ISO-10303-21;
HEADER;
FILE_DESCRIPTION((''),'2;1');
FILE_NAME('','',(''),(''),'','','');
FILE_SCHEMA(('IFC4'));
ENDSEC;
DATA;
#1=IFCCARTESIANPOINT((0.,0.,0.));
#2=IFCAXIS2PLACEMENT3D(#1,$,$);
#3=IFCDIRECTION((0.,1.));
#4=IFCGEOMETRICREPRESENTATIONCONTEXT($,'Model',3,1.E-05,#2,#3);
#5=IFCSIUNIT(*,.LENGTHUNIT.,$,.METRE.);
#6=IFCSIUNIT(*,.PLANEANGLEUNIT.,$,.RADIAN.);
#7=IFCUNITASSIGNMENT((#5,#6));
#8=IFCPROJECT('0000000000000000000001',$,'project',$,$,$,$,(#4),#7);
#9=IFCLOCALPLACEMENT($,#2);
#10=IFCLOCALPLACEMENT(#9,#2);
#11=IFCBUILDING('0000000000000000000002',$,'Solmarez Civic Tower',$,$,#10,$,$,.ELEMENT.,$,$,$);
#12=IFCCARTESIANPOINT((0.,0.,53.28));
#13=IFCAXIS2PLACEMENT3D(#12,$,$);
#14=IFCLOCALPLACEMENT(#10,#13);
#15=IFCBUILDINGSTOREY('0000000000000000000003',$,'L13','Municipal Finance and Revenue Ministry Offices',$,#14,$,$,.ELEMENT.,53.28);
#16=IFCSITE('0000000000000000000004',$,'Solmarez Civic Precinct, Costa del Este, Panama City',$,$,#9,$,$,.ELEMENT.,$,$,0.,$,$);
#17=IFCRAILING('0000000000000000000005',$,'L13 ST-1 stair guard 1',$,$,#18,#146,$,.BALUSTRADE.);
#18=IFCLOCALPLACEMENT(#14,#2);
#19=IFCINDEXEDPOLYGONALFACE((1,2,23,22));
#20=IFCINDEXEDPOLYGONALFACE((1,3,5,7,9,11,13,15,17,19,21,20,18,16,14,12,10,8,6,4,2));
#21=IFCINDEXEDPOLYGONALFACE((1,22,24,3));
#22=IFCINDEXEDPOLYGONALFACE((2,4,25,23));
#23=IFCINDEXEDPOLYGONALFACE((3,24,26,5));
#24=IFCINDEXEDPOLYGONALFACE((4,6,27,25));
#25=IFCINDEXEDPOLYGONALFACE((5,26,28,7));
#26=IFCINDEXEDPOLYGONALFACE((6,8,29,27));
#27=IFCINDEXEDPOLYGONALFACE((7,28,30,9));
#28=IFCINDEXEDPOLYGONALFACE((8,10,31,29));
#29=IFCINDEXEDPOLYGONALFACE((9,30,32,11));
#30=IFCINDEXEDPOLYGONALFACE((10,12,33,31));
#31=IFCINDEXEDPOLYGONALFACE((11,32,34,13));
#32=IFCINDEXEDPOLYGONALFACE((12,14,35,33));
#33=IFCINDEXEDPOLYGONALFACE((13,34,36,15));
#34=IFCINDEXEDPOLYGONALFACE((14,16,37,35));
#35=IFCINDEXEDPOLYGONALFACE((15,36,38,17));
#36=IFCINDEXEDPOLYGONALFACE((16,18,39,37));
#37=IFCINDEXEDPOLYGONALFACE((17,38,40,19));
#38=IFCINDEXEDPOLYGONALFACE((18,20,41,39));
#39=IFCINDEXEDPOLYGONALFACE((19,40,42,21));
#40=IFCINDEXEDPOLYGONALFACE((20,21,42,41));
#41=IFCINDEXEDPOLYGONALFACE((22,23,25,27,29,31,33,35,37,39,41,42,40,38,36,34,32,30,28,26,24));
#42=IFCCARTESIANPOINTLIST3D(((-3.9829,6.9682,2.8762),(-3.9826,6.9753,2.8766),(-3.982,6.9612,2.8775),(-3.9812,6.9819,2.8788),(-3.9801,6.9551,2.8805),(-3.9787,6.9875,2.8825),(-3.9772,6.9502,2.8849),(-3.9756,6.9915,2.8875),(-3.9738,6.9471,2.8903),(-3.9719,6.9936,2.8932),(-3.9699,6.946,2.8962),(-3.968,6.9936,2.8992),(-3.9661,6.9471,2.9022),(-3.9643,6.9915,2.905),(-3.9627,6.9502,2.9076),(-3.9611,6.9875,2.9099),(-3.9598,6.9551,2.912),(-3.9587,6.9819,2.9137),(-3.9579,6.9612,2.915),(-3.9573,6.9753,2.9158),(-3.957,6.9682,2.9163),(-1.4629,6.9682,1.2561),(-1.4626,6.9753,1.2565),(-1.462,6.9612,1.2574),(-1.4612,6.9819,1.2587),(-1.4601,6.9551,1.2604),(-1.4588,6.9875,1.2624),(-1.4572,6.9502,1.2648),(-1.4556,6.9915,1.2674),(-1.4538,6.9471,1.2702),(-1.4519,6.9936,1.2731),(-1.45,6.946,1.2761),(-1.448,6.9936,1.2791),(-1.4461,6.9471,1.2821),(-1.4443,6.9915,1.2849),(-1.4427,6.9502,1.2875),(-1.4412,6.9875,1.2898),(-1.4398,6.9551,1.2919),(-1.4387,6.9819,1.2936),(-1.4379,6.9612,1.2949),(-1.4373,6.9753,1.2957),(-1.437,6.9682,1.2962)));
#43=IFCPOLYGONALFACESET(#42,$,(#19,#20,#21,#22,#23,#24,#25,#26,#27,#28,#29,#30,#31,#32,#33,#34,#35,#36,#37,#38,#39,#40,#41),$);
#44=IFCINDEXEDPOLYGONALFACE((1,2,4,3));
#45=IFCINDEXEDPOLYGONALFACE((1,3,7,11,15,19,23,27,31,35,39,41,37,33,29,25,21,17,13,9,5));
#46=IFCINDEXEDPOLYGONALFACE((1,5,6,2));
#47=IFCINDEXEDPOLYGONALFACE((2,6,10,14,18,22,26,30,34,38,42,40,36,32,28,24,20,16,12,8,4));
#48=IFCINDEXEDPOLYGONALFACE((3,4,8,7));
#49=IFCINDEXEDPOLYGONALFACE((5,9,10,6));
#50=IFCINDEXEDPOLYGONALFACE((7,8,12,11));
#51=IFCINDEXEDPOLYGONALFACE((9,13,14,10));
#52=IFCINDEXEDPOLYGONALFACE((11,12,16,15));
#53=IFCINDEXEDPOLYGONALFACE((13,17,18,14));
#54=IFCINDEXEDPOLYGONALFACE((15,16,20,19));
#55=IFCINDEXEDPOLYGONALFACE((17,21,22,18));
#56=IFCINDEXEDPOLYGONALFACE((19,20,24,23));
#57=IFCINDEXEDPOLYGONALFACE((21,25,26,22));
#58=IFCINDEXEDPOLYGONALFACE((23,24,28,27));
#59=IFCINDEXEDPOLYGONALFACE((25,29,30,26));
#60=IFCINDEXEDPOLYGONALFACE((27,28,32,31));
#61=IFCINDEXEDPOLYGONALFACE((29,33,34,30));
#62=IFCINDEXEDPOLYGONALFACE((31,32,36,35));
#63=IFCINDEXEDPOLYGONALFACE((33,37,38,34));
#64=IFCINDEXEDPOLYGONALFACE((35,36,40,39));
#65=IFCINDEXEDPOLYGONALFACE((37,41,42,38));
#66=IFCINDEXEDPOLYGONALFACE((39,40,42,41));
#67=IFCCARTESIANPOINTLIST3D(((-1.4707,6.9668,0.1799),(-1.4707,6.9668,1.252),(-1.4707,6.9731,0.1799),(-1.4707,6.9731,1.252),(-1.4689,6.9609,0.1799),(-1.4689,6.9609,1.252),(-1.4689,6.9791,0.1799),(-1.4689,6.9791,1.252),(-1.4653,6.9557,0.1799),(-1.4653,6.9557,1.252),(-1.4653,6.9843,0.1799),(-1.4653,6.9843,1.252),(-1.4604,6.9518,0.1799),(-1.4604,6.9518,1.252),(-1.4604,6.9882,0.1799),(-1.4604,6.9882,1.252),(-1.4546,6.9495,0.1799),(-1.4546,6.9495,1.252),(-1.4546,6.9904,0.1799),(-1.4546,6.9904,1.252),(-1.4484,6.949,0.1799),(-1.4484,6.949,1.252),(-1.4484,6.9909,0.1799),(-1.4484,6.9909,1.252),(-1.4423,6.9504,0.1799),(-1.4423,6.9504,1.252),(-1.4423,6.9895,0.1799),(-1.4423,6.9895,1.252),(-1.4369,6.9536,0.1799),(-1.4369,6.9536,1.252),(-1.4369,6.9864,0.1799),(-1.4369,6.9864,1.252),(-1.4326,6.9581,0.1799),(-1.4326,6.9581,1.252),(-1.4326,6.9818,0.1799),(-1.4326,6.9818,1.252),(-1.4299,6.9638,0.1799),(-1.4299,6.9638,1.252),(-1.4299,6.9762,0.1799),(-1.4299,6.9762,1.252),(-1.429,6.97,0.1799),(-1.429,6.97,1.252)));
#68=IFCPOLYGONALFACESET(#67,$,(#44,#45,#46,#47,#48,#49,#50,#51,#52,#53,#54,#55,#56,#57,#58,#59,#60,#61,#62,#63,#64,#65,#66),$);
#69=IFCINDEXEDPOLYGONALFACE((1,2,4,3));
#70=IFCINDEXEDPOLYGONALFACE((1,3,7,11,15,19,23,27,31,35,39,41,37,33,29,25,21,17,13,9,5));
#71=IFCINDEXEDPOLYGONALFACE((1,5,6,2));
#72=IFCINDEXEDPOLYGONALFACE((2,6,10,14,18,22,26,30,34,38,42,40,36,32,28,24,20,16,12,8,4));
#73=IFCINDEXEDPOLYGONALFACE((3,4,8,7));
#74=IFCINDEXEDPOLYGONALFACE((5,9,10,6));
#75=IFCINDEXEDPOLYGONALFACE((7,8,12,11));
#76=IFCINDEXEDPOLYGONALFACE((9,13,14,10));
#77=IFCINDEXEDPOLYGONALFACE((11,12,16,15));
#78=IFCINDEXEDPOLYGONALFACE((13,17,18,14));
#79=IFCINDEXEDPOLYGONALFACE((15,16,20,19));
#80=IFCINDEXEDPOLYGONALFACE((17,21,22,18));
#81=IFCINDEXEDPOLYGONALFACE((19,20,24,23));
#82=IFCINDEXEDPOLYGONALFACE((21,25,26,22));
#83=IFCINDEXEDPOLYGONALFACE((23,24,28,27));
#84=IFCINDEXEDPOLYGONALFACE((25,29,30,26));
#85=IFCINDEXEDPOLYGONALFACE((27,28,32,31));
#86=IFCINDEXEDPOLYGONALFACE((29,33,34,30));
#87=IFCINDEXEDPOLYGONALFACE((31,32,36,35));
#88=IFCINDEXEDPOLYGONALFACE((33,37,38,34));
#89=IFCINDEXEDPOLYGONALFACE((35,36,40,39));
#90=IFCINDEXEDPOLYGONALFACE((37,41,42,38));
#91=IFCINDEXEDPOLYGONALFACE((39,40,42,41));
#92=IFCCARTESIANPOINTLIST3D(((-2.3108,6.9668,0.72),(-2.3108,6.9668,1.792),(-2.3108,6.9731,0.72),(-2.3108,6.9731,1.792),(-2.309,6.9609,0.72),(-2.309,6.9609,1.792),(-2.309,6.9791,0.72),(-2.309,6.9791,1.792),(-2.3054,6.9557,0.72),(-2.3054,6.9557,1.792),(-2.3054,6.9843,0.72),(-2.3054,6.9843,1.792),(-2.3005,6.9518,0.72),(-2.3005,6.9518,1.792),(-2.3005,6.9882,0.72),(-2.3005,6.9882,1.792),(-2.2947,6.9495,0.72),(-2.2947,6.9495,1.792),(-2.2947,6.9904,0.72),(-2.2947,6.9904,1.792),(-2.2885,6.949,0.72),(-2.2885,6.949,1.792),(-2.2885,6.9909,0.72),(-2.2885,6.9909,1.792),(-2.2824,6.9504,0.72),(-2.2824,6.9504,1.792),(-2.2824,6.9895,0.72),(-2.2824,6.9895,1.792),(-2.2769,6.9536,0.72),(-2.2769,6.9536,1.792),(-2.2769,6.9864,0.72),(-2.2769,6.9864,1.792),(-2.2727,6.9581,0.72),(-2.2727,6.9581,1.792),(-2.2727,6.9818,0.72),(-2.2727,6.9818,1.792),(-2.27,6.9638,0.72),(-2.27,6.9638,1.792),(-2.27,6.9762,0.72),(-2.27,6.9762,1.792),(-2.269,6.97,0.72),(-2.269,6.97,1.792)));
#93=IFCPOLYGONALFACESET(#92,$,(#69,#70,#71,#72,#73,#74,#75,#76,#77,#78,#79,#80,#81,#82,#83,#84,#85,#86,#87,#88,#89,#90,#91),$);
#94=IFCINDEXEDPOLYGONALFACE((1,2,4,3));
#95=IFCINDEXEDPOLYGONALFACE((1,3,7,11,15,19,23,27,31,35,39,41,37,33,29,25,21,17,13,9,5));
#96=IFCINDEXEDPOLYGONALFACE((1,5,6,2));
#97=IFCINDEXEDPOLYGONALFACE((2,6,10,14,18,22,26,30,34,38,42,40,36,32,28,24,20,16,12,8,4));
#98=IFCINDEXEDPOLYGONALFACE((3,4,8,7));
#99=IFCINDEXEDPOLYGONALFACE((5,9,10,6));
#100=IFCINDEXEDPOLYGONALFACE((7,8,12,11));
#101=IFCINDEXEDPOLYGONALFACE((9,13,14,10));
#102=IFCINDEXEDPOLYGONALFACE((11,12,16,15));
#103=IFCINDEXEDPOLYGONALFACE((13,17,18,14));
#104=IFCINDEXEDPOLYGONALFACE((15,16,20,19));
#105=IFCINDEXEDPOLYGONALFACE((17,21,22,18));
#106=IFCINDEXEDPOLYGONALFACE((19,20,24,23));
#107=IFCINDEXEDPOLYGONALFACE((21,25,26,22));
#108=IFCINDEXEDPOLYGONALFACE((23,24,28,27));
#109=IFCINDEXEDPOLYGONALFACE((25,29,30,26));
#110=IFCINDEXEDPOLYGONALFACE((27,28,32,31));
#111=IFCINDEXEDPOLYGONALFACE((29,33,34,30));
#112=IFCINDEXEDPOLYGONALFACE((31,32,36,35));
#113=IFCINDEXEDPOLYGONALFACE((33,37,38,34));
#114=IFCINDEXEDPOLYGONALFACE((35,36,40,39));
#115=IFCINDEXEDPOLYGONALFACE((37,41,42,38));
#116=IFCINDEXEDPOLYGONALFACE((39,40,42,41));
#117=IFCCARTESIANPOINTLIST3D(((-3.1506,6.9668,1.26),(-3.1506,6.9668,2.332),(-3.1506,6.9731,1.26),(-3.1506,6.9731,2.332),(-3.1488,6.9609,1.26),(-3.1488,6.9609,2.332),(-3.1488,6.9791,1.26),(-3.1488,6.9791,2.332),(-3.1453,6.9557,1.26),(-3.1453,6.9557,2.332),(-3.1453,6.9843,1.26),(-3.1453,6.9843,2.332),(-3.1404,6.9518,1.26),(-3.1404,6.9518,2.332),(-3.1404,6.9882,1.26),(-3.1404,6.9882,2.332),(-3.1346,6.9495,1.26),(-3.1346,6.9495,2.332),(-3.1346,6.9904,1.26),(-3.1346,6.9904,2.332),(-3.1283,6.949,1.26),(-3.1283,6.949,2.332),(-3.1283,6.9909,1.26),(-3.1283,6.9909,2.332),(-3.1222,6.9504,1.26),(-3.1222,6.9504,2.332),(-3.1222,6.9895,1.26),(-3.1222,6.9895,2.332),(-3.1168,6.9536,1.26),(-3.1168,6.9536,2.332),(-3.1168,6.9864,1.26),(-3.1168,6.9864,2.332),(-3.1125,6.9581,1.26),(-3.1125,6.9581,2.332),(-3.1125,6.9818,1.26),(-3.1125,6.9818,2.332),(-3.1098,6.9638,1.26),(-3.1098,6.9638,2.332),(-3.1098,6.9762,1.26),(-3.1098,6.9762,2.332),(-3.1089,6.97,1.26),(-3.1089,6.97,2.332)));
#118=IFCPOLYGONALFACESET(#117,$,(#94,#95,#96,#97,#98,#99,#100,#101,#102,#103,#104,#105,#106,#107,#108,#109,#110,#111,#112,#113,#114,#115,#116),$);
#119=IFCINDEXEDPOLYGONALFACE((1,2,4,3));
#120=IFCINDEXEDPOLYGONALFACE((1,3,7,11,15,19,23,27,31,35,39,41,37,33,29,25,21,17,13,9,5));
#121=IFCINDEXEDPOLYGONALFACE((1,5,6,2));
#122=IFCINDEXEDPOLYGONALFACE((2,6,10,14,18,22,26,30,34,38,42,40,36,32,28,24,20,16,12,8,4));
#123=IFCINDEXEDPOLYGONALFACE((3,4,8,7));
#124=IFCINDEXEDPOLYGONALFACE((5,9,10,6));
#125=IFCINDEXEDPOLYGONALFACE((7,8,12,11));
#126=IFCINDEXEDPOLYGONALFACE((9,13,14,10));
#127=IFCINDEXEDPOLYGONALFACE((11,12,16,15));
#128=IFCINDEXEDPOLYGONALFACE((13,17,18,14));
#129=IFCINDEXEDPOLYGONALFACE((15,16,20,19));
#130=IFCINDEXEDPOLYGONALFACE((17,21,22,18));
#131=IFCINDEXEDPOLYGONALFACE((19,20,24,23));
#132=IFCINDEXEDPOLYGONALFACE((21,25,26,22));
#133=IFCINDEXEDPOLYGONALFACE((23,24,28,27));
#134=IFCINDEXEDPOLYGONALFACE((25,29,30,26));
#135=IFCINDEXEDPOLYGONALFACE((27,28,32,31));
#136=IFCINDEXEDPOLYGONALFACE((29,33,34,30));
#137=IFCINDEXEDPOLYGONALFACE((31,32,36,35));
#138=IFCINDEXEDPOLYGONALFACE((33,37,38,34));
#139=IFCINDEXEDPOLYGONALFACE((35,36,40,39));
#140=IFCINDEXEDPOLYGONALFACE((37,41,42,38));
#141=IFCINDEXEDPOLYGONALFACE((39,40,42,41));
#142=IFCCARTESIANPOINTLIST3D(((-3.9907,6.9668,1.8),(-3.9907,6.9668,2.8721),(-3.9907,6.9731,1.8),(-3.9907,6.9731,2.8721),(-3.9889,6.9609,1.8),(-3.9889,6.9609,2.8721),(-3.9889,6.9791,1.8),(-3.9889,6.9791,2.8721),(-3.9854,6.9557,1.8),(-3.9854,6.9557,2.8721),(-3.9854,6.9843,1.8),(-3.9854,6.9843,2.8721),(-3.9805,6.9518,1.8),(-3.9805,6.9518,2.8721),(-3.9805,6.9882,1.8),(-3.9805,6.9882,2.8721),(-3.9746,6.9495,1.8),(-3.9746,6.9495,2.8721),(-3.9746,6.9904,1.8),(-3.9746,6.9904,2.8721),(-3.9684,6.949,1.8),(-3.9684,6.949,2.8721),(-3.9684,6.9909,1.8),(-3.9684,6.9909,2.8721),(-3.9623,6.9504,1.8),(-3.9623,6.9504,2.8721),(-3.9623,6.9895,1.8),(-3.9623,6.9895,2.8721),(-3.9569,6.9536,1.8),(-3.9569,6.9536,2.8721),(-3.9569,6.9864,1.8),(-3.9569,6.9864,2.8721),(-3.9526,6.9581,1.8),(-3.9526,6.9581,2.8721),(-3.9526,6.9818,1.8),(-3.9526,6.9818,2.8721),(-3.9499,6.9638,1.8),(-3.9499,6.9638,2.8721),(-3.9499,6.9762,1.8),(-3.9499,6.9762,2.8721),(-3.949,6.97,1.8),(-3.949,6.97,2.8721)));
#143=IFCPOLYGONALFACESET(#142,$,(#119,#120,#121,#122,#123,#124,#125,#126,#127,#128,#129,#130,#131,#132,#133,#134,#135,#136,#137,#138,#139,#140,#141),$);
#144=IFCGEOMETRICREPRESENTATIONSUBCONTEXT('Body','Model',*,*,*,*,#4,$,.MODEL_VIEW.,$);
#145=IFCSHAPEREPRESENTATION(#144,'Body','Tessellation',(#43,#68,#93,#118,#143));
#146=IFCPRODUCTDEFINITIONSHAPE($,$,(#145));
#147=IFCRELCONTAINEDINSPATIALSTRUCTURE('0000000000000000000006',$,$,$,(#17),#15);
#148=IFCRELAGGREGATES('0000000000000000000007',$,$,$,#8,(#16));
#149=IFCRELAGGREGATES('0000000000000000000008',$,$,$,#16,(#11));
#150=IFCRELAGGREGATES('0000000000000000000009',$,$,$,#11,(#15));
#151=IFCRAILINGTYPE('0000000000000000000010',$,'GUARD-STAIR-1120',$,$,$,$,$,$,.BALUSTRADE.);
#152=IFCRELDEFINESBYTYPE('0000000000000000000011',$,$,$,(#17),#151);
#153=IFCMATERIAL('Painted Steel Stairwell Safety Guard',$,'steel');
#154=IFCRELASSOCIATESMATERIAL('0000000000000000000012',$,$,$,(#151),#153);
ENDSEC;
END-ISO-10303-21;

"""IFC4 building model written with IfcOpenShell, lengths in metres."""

from ifc_helpers import new_model, si_unit, direction, frame, origin, origin_2d, place, context, subcontext, project, spatial, circle, extrude, material, type_object, element, save


model = new_model("IFC4")

# Units and contexts
model_context = context("Model", 3, precision=1e-05, world=origin(), true_north=direction((0.0, 1.0)))
body_context = subcontext(model_context, "Body", "Model", "MODEL_VIEW")
ifc_project = project(units=[si_unit("LENGTHUNIT", "METRE"), si_unit("PLANEANGLEUNIT", "RADIAN")], contexts=[model_context])

# Site, building, storey
site_placement = place(None, origin())
site = spatial("IfcSite", under=ifc_project, at=site_placement, Name="Solmarez Civic Precinct, Costa del Este, Panama City", CompositionType="ELEMENT", RefElevation=0.0)
building_placement = place(site_placement, origin())
building = spatial("IfcBuilding", under=site, at=building_placement, Name="Solmarez Civic Tower", CompositionType="ELEMENT")
storey_placement = place(building_placement, frame((0.0, 0.0, 53.28)))
storey = spatial("IfcBuildingStorey", under=building, at=storey_placement, Name="L13", Description="Municipal Finance and Revenue Ministry Offices", CompositionType="ELEMENT", Elevation=53.28)

# Railing
ifc_material_1 = material(Name="Painted Steel Stairwell Safety Guard", Category="steel")
railing_type_1 = type_object("IfcRailingType", Name="GUARD-STAIR-1120", PredefinedType="BALUSTRADE", material=ifc_material_1)
railing_1_placement = place(storey_placement, frame((-1.45, 6.97, 0.1799)))
element("IfcRailing", 1, at=railing_1_placement, inside=storey, type_object=railing_type_1, Name="L13 ST-1 stair guard 1", PredefinedType="BALUSTRADE", context=body_context, shape_type="SweptSolid", body=[
    extrude(circle(Radius=0.0239, at=origin_2d()), frame((0.0, 0.0, 1.0962), z_axis=(-0.841163, 0.0, 0.540782), x_axis=(0.0, -1.0, 0.0)), (0.0, 0.0, 1.0), 2.9958),
    extrude(circle(Radius=0.021, at=origin_2d()), origin(), (0.0, 0.0, 1.0), 1.072),
    extrude(circle(Radius=0.021, at=origin_2d()), frame((-0.8401, 0.0, 0.54)), (0.0, 0.0, 1.0), 1.072),
    extrude(circle(Radius=0.021, at=origin_2d()), frame((-1.6799, 0.0, 1.0801)), (0.0, 0.0, 1.0), 1.072),
    extrude(circle(Radius=0.021, at=origin_2d()), frame((-2.52, 0.0, 1.6201)), (0.0, 0.0, 1.0), 1.072),
])

save(model, "model.ifc")
